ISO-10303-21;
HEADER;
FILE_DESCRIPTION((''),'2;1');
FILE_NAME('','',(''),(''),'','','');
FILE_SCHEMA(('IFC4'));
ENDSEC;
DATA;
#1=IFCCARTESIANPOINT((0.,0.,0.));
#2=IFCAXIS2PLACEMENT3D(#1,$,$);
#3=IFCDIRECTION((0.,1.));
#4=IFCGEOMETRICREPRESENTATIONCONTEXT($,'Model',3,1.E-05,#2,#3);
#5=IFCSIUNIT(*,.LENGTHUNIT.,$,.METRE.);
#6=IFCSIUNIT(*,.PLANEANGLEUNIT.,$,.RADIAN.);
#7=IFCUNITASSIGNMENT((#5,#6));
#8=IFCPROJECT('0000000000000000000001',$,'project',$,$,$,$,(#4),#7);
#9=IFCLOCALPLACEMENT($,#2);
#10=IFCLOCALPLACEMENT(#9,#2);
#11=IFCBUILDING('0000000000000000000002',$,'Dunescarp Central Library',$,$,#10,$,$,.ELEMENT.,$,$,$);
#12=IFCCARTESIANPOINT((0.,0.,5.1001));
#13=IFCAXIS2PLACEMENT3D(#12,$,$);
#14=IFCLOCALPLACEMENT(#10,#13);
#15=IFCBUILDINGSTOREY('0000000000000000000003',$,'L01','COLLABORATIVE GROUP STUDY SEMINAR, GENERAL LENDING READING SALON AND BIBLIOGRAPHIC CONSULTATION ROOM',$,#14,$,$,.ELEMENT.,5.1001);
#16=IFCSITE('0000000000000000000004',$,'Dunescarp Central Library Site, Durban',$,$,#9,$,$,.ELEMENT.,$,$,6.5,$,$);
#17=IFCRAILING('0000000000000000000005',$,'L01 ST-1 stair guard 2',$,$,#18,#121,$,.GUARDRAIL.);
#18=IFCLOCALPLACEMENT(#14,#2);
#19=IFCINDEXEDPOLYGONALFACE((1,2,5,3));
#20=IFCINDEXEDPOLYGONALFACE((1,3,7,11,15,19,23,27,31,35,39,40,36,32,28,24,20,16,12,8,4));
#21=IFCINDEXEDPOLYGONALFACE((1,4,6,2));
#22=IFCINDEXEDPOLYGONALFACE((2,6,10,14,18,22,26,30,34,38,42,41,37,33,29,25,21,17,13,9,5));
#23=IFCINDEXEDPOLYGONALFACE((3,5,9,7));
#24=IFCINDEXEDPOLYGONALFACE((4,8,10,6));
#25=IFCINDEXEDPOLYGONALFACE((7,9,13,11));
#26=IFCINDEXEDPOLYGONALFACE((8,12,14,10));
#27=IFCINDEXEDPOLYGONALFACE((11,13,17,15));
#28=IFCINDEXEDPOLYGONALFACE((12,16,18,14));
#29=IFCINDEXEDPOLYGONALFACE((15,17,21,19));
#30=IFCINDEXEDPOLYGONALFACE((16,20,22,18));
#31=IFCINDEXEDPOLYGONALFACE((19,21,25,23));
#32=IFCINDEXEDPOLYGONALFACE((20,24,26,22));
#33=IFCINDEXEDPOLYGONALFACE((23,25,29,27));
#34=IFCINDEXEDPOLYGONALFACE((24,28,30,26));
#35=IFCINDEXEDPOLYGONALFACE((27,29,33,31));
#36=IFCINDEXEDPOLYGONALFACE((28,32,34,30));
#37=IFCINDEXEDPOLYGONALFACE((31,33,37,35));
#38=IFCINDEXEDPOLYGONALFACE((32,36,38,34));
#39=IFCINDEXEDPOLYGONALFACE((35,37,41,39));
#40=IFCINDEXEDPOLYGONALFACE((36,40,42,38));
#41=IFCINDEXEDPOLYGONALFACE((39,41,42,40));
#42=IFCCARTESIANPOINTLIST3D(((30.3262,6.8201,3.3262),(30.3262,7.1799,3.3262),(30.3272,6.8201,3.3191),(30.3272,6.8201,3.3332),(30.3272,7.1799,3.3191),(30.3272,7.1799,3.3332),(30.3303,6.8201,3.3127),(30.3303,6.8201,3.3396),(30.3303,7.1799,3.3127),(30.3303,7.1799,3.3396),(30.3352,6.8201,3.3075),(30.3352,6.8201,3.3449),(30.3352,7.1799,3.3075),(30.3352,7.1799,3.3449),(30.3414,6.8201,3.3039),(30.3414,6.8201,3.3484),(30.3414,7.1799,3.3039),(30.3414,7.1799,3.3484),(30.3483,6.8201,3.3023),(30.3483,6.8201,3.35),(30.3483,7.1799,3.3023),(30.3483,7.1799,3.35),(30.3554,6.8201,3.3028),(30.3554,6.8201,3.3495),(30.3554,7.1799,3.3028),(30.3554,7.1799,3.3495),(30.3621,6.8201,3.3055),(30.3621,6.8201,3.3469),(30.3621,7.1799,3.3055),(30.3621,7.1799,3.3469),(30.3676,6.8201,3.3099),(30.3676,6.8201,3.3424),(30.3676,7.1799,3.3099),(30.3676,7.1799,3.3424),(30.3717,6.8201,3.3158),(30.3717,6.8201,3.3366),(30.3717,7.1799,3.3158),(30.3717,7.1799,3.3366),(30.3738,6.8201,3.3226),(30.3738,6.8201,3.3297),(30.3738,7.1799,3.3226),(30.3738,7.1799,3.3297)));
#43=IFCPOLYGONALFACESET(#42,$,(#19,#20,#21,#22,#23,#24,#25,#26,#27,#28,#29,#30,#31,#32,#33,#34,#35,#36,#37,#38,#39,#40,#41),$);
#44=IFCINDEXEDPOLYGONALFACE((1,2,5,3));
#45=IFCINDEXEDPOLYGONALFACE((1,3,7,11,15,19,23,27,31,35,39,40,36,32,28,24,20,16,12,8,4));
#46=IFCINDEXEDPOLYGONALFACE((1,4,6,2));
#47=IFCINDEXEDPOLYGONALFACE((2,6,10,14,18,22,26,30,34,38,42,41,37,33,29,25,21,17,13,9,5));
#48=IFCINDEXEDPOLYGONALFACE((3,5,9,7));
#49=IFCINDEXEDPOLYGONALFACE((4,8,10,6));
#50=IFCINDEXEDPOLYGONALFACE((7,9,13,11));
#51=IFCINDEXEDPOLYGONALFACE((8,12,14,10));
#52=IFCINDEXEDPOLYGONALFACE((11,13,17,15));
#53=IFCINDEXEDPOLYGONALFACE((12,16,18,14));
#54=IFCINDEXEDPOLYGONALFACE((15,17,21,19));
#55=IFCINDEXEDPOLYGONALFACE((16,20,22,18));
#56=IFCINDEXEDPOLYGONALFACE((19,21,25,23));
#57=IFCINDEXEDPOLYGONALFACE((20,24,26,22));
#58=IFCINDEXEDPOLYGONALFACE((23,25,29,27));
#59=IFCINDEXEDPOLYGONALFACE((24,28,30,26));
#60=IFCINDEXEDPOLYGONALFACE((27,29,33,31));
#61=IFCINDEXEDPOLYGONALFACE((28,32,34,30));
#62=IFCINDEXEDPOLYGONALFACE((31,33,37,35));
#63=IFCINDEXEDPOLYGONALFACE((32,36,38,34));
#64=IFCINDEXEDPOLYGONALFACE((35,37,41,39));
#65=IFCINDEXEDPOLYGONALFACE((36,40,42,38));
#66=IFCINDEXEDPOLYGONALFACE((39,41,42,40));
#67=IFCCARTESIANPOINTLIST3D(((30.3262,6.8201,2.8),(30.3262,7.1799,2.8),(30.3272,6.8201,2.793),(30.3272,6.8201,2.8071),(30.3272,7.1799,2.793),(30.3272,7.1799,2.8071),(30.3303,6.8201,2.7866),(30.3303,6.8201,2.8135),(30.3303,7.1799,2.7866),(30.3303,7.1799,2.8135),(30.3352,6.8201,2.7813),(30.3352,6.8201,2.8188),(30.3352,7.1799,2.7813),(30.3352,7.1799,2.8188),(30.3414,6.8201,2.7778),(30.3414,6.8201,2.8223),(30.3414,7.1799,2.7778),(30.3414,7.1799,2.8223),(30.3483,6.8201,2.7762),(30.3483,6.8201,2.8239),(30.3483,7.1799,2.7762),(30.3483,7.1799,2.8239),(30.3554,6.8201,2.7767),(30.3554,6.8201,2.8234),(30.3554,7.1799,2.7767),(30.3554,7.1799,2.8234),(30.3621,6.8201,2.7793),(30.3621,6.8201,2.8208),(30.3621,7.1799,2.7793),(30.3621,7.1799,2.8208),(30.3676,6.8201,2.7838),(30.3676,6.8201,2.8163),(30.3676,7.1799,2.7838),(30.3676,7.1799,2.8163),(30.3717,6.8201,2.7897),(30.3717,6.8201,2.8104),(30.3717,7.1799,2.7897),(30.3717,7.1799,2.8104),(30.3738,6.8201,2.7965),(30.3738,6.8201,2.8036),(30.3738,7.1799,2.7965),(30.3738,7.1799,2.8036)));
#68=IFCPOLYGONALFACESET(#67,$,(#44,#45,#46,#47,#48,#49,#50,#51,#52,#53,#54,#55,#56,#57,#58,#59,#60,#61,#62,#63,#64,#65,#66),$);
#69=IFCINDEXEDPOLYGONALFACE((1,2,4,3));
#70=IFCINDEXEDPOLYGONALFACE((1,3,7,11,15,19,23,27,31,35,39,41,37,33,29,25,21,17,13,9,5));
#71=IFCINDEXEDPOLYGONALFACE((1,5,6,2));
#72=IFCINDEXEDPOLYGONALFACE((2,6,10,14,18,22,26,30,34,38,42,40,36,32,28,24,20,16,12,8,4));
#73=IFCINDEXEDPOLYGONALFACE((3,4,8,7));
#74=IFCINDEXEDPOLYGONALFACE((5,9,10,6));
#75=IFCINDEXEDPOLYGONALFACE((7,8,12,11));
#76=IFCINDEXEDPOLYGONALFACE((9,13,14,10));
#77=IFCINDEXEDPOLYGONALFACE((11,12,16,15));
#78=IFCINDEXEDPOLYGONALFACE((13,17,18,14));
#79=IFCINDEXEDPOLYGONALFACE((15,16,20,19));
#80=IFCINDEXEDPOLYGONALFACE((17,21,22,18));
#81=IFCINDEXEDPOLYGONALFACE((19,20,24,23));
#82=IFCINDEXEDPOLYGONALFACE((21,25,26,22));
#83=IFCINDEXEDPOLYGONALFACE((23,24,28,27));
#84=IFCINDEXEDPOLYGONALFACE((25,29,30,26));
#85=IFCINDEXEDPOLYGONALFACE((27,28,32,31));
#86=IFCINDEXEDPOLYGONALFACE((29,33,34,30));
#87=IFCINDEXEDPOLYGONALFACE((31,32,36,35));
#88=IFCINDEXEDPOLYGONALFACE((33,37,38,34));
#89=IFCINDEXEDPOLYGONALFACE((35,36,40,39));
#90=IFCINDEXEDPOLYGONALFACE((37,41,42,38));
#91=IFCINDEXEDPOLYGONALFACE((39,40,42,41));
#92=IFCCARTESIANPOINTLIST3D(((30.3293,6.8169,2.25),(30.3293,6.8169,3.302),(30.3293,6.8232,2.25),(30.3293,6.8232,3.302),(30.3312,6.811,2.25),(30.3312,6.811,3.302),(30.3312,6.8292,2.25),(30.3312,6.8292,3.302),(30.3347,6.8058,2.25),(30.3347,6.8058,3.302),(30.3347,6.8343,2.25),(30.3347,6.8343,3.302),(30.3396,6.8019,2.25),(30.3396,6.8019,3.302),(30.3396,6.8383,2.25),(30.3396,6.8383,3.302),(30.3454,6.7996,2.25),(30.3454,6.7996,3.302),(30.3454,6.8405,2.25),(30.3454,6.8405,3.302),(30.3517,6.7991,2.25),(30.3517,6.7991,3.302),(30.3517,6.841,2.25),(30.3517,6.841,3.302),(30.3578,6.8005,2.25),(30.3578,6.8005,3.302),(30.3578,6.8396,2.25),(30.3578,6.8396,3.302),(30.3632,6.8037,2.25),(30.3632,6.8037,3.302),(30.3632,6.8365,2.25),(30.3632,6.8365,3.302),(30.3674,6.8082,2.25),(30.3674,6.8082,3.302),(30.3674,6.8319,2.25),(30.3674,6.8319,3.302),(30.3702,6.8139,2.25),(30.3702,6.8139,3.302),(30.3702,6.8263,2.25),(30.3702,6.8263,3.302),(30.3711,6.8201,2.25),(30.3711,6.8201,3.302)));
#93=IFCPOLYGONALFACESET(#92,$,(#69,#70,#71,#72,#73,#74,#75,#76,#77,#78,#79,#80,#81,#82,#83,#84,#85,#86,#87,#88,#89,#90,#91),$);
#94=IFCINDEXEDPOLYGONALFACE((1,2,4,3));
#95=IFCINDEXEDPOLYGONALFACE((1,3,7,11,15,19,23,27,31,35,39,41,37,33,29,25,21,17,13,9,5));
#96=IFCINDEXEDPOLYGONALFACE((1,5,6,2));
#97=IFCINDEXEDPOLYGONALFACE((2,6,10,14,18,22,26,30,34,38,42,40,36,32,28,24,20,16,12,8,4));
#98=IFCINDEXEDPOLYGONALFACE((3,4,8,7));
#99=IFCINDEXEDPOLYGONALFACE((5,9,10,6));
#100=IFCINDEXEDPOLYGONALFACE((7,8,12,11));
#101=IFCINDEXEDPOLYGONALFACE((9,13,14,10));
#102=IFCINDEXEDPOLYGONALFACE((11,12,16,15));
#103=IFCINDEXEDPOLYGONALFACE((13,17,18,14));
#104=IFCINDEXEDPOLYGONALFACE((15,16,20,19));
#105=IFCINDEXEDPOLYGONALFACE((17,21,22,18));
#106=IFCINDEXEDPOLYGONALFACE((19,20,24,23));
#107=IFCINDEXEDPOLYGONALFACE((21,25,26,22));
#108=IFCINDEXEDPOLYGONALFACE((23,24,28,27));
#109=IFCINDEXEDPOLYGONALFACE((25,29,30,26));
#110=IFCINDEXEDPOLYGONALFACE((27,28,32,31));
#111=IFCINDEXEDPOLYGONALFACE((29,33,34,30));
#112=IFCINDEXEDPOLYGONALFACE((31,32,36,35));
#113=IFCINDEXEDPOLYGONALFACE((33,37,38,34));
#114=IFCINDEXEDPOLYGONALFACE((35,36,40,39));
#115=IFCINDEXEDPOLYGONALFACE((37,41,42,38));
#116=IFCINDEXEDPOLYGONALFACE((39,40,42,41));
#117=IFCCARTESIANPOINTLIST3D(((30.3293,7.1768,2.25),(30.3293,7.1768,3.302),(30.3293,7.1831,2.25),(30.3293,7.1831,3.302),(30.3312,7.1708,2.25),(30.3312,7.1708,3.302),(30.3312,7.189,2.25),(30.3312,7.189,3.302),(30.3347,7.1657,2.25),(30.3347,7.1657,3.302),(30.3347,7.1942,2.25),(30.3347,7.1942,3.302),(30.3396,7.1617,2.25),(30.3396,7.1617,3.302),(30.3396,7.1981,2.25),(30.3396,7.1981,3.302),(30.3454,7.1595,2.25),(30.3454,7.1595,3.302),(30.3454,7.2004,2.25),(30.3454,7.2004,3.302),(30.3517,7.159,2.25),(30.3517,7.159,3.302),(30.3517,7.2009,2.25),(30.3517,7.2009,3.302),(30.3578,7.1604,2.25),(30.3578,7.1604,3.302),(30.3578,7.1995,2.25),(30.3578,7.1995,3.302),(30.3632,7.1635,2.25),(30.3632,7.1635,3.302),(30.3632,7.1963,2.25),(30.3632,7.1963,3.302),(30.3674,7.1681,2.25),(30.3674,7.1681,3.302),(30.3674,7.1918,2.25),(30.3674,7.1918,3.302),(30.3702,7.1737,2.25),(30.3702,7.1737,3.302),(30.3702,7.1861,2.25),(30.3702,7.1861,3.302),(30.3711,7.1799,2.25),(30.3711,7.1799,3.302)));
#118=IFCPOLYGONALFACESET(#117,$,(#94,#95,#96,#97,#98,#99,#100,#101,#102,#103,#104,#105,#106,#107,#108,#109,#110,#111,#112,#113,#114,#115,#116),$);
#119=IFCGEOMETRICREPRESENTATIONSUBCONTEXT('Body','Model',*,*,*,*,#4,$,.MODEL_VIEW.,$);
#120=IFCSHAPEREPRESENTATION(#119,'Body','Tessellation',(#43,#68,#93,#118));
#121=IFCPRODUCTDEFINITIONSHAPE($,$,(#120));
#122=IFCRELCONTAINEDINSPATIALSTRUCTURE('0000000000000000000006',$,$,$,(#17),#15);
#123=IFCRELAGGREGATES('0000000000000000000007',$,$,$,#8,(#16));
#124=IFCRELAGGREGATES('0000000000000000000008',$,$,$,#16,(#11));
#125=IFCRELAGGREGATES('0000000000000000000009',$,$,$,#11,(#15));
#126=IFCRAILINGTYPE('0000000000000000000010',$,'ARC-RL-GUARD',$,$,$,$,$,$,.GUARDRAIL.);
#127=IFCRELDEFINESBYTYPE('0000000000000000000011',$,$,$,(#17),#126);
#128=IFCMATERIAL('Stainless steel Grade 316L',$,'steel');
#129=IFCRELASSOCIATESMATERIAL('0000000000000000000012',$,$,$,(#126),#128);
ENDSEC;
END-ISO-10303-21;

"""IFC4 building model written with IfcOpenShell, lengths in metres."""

from ifc_helpers import new_model, si_unit, direction, frame, origin, origin_2d, place, context, subcontext, project, spatial, circle, extrude, material, type_object, element, save


model = new_model("IFC4")

# Units and contexts
model_context = context("Model", 3, precision=1e-05, world=origin(), true_north=direction((0.0, 1.0)))
body_context = subcontext(model_context, "Body", "Model", "MODEL_VIEW")
ifc_project = project(units=[si_unit("LENGTHUNIT", "METRE"), si_unit("PLANEANGLEUNIT", "RADIAN")], contexts=[model_context])

# Site, building, storey
site_placement = place(None, origin())
site = spatial("IfcSite", under=ifc_project, at=site_placement, Name="Dunescarp Central Library Site, Durban", CompositionType="ELEMENT", RefElevation=6.5)
building_placement = place(site_placement, origin())
building = spatial("IfcBuilding", under=site, at=building_placement, Name="Dunescarp Central Library", CompositionType="ELEMENT")
storey_placement = place(building_placement, frame((0.0, 0.0, 5.1001)))
storey = spatial("IfcBuildingStorey", under=building, at=storey_placement, Name="L01", Description="COLLABORATIVE GROUP STUDY SEMINAR, GENERAL LENDING READING SALON AND BIBLIOGRAPHIC CONSULTATION ROOM", CompositionType="ELEMENT", Elevation=5.1001)

# Shared definitions
ifc_material_1 = material(Name="Stainless steel Grade 316L", Category="steel")

# Railing
railing_type_1 = type_object("IfcRailingType", Name="ARC-RL-GUARD", PredefinedType="GUARDRAIL", material=ifc_material_1)
railing_1_placement = place(storey_placement, frame((30.3501, 6.8201, 2.25)))
element("IfcRailing", 1, at=railing_1_placement, inside=storey, type_object=railing_type_1, Name="L01 ST-1 stair guard 2", PredefinedType="GUARDRAIL", context=body_context, shape_type="SweptSolid", body=[
    extrude(circle(Radius=0.0239, at=origin_2d()), frame((0.0, 0.0, 1.0762), z_axis=(0.0, 1.0, 0.0), x_axis=(-1.0, 0.0, 0.0)), (0.0, 0.0, 1.0), 0.3599),
    extrude(circle(Radius=0.0239, at=origin_2d()), frame((0.0, 0.0, 0.55), z_axis=(0.0, 1.0, 0.0), x_axis=(-1.0, 0.0, 0.0)), (0.0, 0.0, 1.0), 0.3599),
    extrude(circle(Radius=0.021, at=origin_2d()), origin(), (0.0, 0.0, 1.0), 1.052),
    extrude(circle(Radius=0.021, at=origin_2d()), frame((0.0, 0.3599, 0.0)), (0.0, 0.0, 1.0), 1.052),
])

save(model, "model.ifc")
